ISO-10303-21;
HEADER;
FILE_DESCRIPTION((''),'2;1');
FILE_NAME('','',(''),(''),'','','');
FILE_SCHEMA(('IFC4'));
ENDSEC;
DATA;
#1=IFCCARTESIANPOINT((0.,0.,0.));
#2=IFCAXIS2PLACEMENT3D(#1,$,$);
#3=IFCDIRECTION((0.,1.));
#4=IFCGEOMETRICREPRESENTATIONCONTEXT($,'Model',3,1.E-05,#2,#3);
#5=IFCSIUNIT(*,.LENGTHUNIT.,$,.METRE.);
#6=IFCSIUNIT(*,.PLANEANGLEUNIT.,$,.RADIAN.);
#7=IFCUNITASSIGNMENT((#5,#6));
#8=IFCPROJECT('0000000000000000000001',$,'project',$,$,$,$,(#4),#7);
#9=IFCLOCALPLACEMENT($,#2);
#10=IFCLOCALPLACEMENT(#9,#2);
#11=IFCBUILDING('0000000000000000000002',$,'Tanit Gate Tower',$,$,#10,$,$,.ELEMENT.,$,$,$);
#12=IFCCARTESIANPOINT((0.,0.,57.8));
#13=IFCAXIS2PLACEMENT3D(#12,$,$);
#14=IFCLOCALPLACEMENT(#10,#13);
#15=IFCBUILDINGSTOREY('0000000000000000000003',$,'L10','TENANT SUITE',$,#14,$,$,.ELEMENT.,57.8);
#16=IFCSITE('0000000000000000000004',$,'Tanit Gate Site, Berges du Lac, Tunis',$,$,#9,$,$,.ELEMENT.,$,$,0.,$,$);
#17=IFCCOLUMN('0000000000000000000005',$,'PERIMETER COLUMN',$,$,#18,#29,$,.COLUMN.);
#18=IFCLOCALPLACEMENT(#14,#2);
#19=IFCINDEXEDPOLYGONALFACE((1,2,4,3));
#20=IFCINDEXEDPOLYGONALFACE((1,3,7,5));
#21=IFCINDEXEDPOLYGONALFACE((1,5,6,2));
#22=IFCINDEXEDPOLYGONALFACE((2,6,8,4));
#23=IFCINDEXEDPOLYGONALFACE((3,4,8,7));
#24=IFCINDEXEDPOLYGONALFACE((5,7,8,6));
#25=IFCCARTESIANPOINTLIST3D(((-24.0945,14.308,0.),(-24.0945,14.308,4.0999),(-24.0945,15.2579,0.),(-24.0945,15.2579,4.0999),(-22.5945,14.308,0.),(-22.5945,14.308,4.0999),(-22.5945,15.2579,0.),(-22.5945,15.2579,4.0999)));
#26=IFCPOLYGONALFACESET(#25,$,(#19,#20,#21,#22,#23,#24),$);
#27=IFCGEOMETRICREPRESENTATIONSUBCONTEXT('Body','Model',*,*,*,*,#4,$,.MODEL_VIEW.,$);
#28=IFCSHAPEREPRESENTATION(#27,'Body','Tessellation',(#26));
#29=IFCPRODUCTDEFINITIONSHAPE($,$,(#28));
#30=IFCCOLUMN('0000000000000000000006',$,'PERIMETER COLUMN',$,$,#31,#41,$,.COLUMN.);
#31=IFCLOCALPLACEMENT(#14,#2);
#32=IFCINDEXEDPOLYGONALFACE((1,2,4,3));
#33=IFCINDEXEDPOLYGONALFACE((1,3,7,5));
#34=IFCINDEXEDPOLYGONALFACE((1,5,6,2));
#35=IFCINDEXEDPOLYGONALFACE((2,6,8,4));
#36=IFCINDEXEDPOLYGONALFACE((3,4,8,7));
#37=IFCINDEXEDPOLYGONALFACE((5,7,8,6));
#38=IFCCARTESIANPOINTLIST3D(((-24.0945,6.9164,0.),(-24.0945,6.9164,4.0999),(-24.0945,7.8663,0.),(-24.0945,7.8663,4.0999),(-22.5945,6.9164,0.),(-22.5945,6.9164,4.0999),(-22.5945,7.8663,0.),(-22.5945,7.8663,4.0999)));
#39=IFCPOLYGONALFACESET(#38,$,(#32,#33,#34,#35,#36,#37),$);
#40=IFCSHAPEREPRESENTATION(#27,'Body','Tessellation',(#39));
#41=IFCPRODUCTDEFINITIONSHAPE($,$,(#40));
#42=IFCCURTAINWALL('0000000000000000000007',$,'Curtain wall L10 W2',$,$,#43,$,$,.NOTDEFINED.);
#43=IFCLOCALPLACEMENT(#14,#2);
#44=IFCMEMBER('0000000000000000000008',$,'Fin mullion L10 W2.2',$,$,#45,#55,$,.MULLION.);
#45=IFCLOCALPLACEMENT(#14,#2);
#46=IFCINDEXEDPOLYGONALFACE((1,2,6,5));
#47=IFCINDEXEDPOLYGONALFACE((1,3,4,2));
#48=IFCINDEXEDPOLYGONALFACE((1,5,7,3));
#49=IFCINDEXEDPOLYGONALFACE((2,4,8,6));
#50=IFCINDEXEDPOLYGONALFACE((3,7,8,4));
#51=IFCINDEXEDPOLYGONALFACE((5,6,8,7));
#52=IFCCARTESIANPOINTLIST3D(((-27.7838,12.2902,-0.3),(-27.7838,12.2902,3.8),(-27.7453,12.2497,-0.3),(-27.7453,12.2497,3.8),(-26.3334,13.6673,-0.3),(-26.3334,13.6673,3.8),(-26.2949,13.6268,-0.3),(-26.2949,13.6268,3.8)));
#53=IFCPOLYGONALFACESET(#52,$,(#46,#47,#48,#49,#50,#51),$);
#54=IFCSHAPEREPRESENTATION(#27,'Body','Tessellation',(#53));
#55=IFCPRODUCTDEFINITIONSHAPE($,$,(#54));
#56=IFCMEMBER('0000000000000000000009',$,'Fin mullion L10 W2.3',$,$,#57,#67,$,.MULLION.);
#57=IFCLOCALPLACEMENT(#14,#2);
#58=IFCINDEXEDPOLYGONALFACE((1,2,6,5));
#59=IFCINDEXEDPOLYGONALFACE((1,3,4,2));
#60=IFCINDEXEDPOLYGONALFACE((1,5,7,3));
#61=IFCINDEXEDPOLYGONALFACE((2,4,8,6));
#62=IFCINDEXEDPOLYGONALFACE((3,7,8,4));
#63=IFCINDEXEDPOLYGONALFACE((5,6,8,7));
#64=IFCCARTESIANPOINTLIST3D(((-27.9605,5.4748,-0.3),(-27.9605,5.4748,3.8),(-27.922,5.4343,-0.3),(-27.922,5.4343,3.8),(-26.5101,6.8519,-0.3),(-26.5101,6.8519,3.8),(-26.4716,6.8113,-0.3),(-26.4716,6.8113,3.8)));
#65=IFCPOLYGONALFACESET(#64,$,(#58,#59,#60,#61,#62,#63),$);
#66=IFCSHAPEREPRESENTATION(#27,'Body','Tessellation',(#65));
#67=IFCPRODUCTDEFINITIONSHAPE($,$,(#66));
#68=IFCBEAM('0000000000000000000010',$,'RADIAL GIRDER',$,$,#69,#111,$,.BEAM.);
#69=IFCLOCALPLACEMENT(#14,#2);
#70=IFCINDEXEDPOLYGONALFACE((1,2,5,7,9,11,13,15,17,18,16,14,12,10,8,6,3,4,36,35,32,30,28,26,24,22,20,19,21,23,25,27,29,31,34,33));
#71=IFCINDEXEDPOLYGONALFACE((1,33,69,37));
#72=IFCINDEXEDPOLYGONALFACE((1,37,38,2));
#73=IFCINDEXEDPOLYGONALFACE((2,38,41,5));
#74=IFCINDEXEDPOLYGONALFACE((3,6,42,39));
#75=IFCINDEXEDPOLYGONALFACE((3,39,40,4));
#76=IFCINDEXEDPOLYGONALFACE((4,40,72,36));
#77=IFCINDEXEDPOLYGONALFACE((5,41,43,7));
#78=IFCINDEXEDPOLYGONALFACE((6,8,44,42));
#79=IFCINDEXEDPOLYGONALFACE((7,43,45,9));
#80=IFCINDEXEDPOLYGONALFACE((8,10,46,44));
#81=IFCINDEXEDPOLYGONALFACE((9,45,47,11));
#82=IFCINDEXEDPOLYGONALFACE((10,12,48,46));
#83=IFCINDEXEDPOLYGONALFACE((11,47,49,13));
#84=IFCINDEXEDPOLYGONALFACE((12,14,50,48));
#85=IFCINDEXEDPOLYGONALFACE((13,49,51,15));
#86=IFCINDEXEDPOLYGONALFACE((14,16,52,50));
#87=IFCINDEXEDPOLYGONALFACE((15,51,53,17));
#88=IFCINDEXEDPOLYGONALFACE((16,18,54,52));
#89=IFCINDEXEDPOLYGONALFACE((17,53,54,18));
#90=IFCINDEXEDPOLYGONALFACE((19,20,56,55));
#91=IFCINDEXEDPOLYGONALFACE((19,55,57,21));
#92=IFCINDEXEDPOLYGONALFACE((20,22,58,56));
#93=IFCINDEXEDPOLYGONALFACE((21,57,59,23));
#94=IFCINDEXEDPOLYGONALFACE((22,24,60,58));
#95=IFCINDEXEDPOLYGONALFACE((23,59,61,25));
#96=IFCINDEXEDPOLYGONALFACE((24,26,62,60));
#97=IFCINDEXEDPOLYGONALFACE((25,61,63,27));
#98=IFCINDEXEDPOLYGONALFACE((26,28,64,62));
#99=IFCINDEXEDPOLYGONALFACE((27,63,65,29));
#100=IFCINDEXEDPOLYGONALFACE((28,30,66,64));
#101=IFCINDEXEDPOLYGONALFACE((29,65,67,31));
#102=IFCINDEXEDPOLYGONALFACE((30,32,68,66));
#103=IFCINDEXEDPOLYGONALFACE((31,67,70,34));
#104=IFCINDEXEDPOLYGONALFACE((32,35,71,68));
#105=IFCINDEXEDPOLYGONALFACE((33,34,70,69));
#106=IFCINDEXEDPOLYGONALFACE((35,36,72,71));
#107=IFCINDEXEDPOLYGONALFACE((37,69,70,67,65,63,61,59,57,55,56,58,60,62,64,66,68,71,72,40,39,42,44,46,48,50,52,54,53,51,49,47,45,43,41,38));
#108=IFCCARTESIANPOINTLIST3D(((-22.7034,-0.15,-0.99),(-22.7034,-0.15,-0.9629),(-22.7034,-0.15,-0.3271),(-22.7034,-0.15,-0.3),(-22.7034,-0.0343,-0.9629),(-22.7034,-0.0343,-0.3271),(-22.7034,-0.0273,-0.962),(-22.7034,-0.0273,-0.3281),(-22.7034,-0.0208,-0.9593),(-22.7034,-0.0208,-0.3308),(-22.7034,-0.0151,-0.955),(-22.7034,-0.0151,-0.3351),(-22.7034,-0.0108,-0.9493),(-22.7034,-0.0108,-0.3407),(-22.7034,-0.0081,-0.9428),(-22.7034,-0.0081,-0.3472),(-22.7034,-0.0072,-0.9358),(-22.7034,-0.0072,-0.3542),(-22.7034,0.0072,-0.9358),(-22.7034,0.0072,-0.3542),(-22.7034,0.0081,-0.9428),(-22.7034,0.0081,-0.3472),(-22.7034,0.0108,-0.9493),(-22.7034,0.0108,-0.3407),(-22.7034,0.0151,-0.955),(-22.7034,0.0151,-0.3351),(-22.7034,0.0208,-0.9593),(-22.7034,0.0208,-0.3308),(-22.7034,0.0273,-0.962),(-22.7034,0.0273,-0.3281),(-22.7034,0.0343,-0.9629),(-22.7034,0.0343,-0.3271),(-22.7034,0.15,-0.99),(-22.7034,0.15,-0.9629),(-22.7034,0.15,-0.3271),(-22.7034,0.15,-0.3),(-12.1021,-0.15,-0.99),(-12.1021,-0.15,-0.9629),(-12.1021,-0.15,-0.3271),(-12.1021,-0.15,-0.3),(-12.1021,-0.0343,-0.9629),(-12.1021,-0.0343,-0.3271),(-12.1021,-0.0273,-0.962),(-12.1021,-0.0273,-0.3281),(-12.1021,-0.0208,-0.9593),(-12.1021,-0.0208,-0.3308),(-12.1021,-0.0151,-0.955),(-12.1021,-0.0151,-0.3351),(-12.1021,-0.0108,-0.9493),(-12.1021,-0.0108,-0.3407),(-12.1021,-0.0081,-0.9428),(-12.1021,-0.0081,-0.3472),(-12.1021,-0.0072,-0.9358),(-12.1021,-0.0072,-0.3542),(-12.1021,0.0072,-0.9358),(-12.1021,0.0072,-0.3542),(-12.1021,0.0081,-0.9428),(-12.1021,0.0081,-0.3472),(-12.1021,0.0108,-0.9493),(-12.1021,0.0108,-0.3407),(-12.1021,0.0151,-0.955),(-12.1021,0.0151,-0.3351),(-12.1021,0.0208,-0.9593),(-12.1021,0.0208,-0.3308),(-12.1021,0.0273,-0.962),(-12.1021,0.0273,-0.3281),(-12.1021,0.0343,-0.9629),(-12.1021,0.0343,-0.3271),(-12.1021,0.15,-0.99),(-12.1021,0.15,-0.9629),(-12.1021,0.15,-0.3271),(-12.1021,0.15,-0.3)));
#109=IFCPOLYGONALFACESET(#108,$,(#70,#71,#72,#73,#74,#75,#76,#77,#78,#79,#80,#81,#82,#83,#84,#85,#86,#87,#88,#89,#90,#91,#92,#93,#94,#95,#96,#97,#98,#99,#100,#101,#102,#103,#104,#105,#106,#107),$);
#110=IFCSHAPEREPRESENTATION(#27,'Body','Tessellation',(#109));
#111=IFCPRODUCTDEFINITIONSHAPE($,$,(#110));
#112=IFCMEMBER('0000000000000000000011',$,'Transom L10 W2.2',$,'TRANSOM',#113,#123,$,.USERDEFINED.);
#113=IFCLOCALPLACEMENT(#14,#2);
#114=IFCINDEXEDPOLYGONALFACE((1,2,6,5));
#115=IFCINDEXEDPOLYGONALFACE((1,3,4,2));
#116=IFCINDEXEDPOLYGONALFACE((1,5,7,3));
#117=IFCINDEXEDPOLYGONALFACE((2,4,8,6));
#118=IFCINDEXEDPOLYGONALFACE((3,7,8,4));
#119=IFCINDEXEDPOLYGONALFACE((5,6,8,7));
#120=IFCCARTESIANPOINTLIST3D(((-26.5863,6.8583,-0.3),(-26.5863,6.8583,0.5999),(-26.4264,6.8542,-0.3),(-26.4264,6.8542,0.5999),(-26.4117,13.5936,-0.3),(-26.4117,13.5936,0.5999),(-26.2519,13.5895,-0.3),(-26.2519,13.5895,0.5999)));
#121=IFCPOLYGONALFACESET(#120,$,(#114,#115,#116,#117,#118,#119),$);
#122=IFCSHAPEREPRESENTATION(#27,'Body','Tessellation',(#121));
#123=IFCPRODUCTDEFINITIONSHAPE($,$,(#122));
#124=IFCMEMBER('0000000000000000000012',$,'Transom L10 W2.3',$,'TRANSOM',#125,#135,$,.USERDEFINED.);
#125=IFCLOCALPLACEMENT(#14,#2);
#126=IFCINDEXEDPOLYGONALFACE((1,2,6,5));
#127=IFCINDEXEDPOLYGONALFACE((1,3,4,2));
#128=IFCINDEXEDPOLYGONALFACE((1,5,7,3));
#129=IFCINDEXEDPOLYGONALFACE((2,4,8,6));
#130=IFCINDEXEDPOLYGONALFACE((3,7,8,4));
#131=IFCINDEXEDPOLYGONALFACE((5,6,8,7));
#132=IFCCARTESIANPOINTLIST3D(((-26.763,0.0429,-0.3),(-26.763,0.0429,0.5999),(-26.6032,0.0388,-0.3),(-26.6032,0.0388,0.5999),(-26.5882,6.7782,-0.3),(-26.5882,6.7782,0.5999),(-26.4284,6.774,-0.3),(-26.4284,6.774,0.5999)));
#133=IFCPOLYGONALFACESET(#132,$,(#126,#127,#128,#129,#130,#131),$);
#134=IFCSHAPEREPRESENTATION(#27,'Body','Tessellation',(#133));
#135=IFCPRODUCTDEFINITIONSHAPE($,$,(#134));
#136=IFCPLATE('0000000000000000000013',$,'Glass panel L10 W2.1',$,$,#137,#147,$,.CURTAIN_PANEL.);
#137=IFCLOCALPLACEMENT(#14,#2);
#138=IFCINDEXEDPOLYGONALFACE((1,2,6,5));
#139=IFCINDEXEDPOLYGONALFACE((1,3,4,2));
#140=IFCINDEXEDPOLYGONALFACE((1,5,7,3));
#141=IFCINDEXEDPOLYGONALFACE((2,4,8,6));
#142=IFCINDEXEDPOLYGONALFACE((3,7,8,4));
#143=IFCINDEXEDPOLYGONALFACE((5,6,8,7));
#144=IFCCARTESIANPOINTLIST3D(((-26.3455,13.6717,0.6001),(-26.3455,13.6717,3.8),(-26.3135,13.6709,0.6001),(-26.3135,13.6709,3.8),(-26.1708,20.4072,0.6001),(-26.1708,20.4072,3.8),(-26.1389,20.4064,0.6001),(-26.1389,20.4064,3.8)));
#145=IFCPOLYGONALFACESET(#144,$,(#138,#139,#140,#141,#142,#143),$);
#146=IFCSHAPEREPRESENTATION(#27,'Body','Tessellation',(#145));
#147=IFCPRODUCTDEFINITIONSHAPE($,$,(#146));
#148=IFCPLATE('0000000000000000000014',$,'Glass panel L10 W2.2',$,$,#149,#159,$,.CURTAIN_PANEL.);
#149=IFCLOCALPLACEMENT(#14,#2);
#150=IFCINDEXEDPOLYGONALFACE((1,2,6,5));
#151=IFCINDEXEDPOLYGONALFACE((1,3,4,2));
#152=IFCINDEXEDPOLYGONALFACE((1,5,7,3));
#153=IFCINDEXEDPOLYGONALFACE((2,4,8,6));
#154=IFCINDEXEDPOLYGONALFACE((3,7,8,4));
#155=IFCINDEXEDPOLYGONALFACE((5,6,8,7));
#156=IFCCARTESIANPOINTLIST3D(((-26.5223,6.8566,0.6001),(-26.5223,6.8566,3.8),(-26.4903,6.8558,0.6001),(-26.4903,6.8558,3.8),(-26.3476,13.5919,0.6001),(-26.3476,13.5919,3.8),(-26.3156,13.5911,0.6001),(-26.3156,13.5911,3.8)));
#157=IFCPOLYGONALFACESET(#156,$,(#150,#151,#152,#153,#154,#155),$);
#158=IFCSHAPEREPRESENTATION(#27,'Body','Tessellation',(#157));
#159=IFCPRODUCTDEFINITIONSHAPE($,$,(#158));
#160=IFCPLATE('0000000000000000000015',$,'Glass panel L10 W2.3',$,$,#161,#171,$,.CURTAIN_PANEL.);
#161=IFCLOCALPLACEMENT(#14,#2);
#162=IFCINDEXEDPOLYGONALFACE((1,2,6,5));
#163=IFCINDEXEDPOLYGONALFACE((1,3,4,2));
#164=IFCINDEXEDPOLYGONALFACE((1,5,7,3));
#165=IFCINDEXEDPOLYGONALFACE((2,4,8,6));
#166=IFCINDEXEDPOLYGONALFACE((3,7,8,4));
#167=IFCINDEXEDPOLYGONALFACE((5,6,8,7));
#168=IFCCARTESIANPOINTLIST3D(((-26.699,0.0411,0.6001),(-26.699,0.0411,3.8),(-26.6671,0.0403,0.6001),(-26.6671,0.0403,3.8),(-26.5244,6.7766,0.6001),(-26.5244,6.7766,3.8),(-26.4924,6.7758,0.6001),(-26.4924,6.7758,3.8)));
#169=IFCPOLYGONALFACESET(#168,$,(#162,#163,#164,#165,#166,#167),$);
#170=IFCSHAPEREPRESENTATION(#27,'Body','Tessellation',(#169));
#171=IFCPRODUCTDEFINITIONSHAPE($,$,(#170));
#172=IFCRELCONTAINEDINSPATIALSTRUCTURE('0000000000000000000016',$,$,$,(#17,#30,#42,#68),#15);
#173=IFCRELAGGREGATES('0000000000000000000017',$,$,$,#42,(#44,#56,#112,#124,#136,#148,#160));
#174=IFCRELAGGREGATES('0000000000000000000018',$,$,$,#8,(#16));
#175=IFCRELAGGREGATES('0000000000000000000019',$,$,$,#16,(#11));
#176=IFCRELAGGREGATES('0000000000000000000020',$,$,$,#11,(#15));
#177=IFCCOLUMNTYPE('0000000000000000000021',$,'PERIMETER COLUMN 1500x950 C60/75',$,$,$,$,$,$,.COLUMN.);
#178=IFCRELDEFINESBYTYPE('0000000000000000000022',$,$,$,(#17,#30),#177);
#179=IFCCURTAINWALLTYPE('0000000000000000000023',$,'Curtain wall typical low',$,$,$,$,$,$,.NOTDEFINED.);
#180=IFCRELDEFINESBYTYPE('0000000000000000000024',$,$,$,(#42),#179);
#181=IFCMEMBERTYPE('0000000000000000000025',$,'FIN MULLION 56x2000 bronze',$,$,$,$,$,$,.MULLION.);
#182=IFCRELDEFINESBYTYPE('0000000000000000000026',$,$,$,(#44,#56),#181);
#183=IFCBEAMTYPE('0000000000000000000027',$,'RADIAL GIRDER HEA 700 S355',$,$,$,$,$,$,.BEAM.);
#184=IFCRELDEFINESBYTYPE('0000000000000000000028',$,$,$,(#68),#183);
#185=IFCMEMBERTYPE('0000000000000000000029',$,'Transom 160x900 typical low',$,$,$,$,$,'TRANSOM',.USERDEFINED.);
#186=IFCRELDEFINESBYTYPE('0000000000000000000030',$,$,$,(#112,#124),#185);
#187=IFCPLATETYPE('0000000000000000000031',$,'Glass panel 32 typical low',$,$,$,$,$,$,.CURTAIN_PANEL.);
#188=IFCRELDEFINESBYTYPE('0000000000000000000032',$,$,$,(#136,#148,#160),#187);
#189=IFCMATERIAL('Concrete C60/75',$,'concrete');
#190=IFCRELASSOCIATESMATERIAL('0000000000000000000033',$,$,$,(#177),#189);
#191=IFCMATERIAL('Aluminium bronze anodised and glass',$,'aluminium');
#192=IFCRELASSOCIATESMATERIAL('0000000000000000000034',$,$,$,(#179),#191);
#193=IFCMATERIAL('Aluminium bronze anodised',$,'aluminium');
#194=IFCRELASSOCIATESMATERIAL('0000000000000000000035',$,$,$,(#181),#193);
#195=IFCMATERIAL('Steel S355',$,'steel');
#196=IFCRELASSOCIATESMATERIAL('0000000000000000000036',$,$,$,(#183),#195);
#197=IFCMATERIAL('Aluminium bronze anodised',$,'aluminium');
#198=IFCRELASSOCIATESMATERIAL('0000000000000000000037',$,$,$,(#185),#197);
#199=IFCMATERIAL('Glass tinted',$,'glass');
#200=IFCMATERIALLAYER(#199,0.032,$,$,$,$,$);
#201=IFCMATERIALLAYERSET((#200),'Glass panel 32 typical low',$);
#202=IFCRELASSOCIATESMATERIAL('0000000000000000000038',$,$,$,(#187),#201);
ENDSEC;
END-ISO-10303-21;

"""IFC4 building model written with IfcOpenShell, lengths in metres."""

from ifc_helpers import new_model, si_unit, direction, frame, origin, origin_2d, place, context, subcontext, project, spatial, rectangle, i_section, extrude, material, layer, layer_set, material_profile, profile_set, type_object, element, aggregate, save


model = new_model("IFC4")

# Units and contexts
model_context = context("Model", 3, precision=1e-05, world=origin(), true_north=direction((0.0, 1.0)))
body_context = subcontext(model_context, "Body", "Model", "MODEL_VIEW")
ifc_project = project(units=[si_unit("LENGTHUNIT", "METRE"), si_unit("PLANEANGLEUNIT", "RADIAN")], contexts=[model_context])

# Site, building, storey
site_placement = place(None, origin())
site = spatial("IfcSite", under=ifc_project, at=site_placement, Name="Tanit Gate Site, Berges du Lac, Tunis", CompositionType="ELEMENT", RefElevation=0.0)
building_placement = place(site_placement, origin())
building = spatial("IfcBuilding", under=site, at=building_placement, Name="Tanit Gate Tower", CompositionType="ELEMENT")
storey_placement = place(building_placement, frame((0.0, 0.0, 57.8)))
storey = spatial("IfcBuildingStorey", under=building, at=storey_placement, Name="L10", Description="TENANT SUITE", CompositionType="ELEMENT", Elevation=57.8)

# Columns
ifc_material_1 = material(Name="Concrete C60/75", Category="concrete")
ifc_material_profile_1 = material_profile(ifc_material_1, rectangle(XDim=1.5, YDim=0.95, at=origin_2d()), Name="RC 1500x950")
ifc_profile_set_1 = profile_set([ifc_material_profile_1], Name="Concrete C60/75")
column_type = type_object("IfcColumnType", Name="PERIMETER COLUMN 1500x950 C60/75", PredefinedType="COLUMN", material=ifc_profile_set_1)
for number, where, z_axis, x_axis, name in (
    (1, (-23.3445, 14.783, 0.0), (0.0, 0.0, 1.0), (-1.0, 0.0, 0.0), "PERIMETER COLUMN"),
    (2, (-23.3445, 7.3914, 0.0), (0.0, 0.0, 1.0), (-1.0, 0.0, 0.0), "PERIMETER COLUMN"),
):
    element("IfcColumn", number, at=place(storey_placement, frame(where, z_axis=z_axis, x_axis=x_axis)), inside=storey, type_object=column_type, Name=name, PredefinedType="COLUMN", context=body_context, shape_type="SweptSolid", body=[
        extrude(rectangle(XDim=1.5, YDim=0.95, at=origin_2d()), origin(), (0.0, 0.0, 1.0), 4.0999),
    ])

# Curtain wall, members
ifc_material_2 = material(Name="Aluminium bronze anodised and glass", Category="aluminium")
curtain_wall_type = type_object("IfcCurtainWallType", Name="Curtain wall typical low", PredefinedType="NOTDEFINED", material=ifc_material_2)
curtain_wall_placement = place(storey_placement, origin())
curtain_wall = element("IfcCurtainWall", 3, at=curtain_wall_placement, inside=storey, type_object=curtain_wall_type, Name="Curtain wall L10 W2", PredefinedType="NOTDEFINED")
ifc_material_3 = material(Name="Aluminium bronze anodised", Category="aluminium")
ifc_material_profile_2 = material_profile(ifc_material_3, rectangle(XDim=2.0, YDim=0.0559, at=origin_2d()), Name="56x2000 bronze fin mullion")
ifc_profile_set_2 = profile_set([ifc_material_profile_2], Name="Aluminium bronze anodised")
member_type_1 = type_object("IfcMemberType", Name="FIN MULLION 56x2000 bronze", PredefinedType="MULLION", material=ifc_profile_set_2)
member_1_placement = place(storey_placement, frame((-27.0393, 12.9585, -0.3), z_axis=(0.0, 0.0, 1.0), x_axis=(0.7252, 0.688538, 0.0)))
member_1 = element("IfcMember", 4, at=member_1_placement, type_object=member_type_1, Name="Fin mullion L10 W2.2", PredefinedType="MULLION", context=body_context, shape_type="SweptSolid", body=[
    extrude(rectangle(XDim=2.0, YDim=0.0559, at=origin_2d()), origin(), (0.0, 0.0, 1.0), 4.1001),
])
member_2_placement = place(storey_placement, frame((-27.2161, 6.1431, -0.3), z_axis=(0.0, 0.0, 1.0), x_axis=(0.7252, 0.688538, 0.0)))
member_2 = element("IfcMember", 5, at=member_2_placement, type_object=member_type_1, Name="Fin mullion L10 W2.3", PredefinedType="MULLION", context=body_context, shape_type="SweptSolid", body=[
    extrude(rectangle(XDim=2.0, YDim=0.0559, at=origin_2d()), origin(), (0.0, 0.0, 1.0), 4.1001),
])

# Beam
ifc_material_4 = material(Name="Steel S355", Category="steel")
ifc_material_profile_3 = material_profile(ifc_material_4, i_section(OverallWidth=0.3, OverallDepth=0.6899, WebThickness=0.0144, FlangeThickness=0.0271, FilletRadius=0.0271, at=origin_2d()), Name="HEA 700")
ifc_profile_set_3 = profile_set([ifc_material_profile_3], Name="Steel S355")
beam_type = type_object("IfcBeamType", Name="RADIAL GIRDER HEA 700 S355", PredefinedType="BEAM", material=ifc_profile_set_3)
beam_placement = place(storey_placement, frame((-22.7034, 0.0, -0.645), z_axis=(1.0, 0.0, 0.0), x_axis=(0.0, 1.0, 0.0)))
element("IfcBeam", 6, at=beam_placement, inside=storey, type_object=beam_type, Name="RADIAL GIRDER", PredefinedType="BEAM", context=body_context, shape_type="SweptSolid", body=[
    extrude(i_section(OverallWidth=0.3, OverallDepth=0.6899, WebThickness=0.0144, FlangeThickness=0.0271, FilletRadius=0.0271, at=origin_2d()), origin(), (0.0, 0.0, 1.0), 10.6013),
])

# Members
ifc_material_5 = material(Name="Aluminium bronze anodised", Category="aluminium")
ifc_material_profile_4 = material_profile(ifc_material_5, rectangle(XDim=0.1599, YDim=0.8999, at=origin_2d()), Name="160x900 bronze transom")
ifc_profile_set_4 = profile_set([ifc_material_profile_4], Name="Aluminium bronze anodised")
member_type_2 = type_object("IfcMemberType", Name="Transom 160x900 typical low", ElementType="TRANSOM", PredefinedType="USERDEFINED", material=ifc_profile_set_4)
member_3_placement = place(storey_placement, frame((-26.3318, 13.5916, 0.1499), z_axis=(-0.025908, -0.999664, 0.0), x_axis=(0.999664, -0.025908, 0.0)))
member_3 = element("IfcMember", 7, at=member_3_placement, type_object=member_type_2, Name="Transom L10 W2.2", ObjectType="TRANSOM", PredefinedType="USERDEFINED", context=body_context, shape_type="SweptSolid", body=[
    extrude(rectangle(XDim=0.1599, YDim=0.8999, at=origin_2d()), origin(), (0.0, 0.0, 1.0), 6.7375),
])
member_4_placement = place(storey_placement, frame((-26.5083, 6.7761, 0.1499), z_axis=(-0.025945, -0.999663, 0.0), x_axis=(0.999663, -0.025945, 0.0)))
member_4 = element("IfcMember", 8, at=member_4_placement, type_object=member_type_2, Name="Transom L10 W2.3", ObjectType="TRANSOM", PredefinedType="USERDEFINED", context=body_context, shape_type="SweptSolid", body=[
    extrude(rectangle(XDim=0.1599, YDim=0.8999, at=origin_2d()), origin(), (0.0, 0.0, 1.0), 6.7375),
])

# Plates
ifc_material_6 = material(Name="Glass tinted", Category="glass")
ifc_layer = layer(ifc_material_6, 0.032)
ifc_layer_set = layer_set([ifc_layer], Name="Glass panel 32 typical low")
plate_type = type_object("IfcPlateType", Name="Glass panel 32 typical low", PredefinedType="CURTAIN_PANEL", material=ifc_layer_set)
plate_1_placement = place(storey_placement, frame((-26.2422, 17.0391, 0.6001), z_axis=(0.0, 0.0, 1.0), x_axis=(-0.025924, -0.999664, 0.0)))
plate_1 = element("IfcPlate", 9, at=plate_1_placement, type_object=plate_type, Name="Glass panel L10 W2.1", PredefinedType="CURTAIN_PANEL", context=body_context, shape_type="SweptSolid", body=[
    extrude(rectangle(XDim=6.7378, YDim=0.032, at=origin_2d()), origin(), (0.0, 0.0, 1.0), 3.2),
])
plate_2_placement = place(storey_placement, frame((-26.4189, 10.2239, 0.6001), z_axis=(0.0, 0.0, 1.0), x_axis=(-0.025924, -0.999664, 0.0)))
plate_2 = element("IfcPlate", 10, at=plate_2_placement, type_object=plate_type, Name="Glass panel L10 W2.2", PredefinedType="CURTAIN_PANEL", context=body_context, shape_type="SweptSolid", body=[
    extrude(rectangle(XDim=6.7375, YDim=0.032, at=origin_2d()), origin(), (0.0, 0.0, 1.0), 3.2),
])
plate_3_placement = place(storey_placement, frame((-26.5957, 3.4084, 0.6001), z_axis=(0.0, 0.0, 1.0), x_axis=(-0.025924, -0.999664, 0.0)))
plate_3 = element("IfcPlate", 11, at=plate_3_placement, type_object=plate_type, Name="Glass panel L10 W2.3", PredefinedType="CURTAIN_PANEL", context=body_context, shape_type="SweptSolid", body=[
    extrude(rectangle(XDim=6.7378, YDim=0.032, at=origin_2d()), origin(), (0.0, 0.0, 1.0), 3.2),
])
aggregate(curtain_wall, [member_1, member_2, member_3, member_4, plate_1, plate_2, plate_3])

save(model, "model.ifc")
